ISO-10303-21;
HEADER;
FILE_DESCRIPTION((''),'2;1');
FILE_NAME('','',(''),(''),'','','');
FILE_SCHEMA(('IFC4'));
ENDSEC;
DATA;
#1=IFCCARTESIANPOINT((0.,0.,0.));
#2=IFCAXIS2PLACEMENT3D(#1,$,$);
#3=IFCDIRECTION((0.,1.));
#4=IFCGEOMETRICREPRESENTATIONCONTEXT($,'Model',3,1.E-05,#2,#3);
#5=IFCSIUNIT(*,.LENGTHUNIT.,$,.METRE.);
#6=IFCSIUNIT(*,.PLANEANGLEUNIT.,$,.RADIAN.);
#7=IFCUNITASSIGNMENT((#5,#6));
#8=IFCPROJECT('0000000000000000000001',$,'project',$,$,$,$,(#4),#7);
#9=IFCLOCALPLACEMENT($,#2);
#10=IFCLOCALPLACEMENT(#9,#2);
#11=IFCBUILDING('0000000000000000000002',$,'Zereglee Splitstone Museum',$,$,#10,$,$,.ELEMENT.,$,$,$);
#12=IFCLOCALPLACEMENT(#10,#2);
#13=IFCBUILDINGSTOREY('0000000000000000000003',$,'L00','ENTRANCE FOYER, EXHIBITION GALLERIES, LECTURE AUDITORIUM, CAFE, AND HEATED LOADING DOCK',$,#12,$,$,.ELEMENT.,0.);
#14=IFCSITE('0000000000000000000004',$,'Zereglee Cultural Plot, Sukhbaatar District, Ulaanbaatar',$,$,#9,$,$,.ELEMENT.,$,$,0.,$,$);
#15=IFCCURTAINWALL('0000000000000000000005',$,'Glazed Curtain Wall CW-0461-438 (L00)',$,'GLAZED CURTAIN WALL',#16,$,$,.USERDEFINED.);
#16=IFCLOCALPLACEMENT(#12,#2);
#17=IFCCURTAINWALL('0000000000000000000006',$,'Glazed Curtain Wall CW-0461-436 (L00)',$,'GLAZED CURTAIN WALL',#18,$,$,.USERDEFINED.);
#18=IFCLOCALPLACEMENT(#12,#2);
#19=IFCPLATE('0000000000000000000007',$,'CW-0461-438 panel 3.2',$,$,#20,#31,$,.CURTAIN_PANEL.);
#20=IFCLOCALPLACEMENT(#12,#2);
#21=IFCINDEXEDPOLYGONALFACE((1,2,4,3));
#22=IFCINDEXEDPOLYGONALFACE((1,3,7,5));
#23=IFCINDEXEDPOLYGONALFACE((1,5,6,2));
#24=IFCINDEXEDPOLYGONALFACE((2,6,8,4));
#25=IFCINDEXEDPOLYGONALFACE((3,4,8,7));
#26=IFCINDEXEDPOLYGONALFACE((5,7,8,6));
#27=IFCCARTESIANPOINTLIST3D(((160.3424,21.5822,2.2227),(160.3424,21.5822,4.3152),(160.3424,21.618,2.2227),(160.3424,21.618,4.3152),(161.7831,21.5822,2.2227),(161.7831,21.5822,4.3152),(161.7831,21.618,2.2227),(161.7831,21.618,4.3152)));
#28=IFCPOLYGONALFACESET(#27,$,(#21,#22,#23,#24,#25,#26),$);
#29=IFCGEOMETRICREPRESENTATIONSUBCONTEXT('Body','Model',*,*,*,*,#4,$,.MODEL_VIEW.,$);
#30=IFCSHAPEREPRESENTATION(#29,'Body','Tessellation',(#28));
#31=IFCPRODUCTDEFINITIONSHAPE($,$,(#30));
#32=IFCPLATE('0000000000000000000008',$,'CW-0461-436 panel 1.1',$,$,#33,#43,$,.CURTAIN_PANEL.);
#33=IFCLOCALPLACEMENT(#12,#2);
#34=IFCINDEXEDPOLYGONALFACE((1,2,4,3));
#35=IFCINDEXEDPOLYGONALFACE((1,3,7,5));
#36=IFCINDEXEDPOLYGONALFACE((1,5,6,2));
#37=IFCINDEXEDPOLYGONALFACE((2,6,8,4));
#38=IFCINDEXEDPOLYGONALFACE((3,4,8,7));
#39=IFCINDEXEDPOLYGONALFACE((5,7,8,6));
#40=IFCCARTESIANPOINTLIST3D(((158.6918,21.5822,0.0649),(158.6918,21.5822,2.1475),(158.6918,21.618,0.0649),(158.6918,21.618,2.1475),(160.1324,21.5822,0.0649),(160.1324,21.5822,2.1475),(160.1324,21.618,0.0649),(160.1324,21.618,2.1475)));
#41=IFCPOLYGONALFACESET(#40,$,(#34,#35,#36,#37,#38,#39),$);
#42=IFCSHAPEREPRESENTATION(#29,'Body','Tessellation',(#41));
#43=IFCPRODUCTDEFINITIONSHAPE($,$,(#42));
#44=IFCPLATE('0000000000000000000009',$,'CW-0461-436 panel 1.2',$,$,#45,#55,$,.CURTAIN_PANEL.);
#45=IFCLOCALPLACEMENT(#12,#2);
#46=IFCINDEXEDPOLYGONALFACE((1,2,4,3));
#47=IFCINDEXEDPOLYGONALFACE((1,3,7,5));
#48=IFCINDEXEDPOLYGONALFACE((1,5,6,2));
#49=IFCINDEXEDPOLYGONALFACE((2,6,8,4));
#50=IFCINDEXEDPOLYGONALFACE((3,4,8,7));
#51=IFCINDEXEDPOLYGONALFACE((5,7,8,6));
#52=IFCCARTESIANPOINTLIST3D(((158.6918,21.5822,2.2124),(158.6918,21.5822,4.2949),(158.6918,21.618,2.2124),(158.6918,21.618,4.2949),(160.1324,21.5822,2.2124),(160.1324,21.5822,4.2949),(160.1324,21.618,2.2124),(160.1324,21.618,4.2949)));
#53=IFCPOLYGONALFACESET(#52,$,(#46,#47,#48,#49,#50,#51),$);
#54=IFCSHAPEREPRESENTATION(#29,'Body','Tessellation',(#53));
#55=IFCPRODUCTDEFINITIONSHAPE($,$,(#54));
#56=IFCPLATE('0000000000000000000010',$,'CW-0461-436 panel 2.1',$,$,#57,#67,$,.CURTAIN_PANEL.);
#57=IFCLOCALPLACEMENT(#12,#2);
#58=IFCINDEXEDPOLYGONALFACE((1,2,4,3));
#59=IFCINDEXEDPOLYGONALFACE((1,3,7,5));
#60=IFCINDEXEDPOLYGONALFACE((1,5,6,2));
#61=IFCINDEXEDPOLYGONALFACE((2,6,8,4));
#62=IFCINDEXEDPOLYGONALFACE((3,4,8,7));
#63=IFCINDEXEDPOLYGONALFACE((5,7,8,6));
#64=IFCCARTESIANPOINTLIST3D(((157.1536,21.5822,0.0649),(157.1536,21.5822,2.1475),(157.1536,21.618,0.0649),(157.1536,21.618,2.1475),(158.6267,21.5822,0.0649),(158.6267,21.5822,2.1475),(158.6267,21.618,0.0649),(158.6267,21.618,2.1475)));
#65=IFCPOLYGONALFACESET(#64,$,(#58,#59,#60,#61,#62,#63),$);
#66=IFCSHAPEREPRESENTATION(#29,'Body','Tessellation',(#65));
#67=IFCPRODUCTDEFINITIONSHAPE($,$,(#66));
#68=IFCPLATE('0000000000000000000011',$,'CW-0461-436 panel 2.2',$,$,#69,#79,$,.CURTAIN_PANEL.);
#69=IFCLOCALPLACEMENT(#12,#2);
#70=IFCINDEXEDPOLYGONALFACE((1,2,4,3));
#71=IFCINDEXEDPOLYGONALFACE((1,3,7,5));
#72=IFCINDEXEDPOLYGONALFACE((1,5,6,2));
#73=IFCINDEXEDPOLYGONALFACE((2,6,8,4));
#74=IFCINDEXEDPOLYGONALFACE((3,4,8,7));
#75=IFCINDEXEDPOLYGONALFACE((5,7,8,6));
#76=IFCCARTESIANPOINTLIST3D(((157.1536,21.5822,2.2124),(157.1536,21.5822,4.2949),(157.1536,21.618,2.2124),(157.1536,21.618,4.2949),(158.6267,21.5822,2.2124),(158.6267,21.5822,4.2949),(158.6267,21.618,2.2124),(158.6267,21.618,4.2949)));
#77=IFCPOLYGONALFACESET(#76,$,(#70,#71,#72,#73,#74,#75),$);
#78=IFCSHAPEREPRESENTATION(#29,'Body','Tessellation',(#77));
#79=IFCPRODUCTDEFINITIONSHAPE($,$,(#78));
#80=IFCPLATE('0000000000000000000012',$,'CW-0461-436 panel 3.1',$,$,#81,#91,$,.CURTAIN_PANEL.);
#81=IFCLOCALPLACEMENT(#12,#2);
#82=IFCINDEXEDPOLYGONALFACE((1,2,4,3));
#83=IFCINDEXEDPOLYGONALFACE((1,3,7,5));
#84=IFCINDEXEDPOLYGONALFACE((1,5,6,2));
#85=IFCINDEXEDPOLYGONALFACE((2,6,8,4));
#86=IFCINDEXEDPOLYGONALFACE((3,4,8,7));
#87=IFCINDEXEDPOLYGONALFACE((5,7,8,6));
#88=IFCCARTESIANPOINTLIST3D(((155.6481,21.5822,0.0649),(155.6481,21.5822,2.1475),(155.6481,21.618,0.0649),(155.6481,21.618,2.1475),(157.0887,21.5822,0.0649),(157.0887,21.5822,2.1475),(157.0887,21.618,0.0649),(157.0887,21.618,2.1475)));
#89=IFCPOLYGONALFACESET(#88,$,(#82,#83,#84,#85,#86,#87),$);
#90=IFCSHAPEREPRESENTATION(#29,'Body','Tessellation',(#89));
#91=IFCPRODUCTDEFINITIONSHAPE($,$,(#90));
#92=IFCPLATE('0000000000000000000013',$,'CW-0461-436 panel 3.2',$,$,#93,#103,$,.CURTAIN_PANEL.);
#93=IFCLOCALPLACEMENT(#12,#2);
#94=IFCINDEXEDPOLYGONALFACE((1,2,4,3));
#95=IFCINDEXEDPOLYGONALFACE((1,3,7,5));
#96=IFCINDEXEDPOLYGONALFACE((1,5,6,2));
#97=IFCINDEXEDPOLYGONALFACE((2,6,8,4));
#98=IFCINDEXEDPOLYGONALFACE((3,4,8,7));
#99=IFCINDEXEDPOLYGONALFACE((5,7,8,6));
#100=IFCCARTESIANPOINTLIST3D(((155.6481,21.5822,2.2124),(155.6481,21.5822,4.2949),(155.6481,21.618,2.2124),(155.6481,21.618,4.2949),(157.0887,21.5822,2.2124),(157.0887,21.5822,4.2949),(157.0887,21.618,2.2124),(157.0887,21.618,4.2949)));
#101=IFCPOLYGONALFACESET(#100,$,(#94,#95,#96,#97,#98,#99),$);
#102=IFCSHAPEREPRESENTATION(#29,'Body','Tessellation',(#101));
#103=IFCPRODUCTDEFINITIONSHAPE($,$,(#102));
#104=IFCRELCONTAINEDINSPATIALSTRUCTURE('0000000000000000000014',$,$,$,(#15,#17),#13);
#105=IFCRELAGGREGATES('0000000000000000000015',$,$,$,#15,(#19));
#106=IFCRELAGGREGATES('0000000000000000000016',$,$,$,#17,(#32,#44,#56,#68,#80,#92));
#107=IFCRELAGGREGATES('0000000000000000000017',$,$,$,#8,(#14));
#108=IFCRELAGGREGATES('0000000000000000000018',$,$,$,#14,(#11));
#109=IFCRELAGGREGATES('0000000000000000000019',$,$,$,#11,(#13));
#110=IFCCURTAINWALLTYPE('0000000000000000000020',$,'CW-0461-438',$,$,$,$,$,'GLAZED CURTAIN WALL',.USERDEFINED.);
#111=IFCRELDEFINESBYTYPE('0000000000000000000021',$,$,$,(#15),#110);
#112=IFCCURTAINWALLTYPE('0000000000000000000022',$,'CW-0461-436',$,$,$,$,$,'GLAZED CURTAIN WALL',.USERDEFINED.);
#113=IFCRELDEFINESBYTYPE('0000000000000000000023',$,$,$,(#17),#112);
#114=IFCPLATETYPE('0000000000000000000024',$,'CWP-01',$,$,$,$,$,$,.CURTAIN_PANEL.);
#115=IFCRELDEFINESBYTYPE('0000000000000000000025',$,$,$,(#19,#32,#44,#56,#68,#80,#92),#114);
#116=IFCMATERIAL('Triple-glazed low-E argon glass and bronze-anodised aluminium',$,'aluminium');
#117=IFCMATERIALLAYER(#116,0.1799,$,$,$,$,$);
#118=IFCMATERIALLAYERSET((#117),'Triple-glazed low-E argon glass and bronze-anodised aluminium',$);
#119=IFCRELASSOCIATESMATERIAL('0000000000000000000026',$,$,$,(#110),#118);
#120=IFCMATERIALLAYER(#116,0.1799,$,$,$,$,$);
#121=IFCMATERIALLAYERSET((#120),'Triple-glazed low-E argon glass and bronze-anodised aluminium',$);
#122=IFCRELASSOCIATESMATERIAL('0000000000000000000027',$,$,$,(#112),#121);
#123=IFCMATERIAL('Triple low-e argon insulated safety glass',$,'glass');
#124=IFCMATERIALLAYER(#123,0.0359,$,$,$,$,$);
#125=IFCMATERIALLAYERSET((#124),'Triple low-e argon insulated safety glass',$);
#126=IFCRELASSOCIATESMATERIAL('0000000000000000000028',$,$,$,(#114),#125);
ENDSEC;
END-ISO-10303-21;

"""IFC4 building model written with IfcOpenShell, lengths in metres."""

from ifc_helpers import new_model, si_unit, direction, frame, origin, origin_2d, place, context, subcontext, project, spatial, rectangle, extrude, material, layer, layer_set, type_object, element, aggregate, save


model = new_model("IFC4")

# Units and contexts
model_context = context("Model", 3, precision=1e-05, world=origin(), true_north=direction((0.0, 1.0)))
body_context = subcontext(model_context, "Body", "Model", "MODEL_VIEW")
ifc_project = project(units=[si_unit("LENGTHUNIT", "METRE"), si_unit("PLANEANGLEUNIT", "RADIAN")], contexts=[model_context])

# Site, building, storey
site_placement = place(None, origin())
site = spatial("IfcSite", under=ifc_project, at=site_placement, Name="Zereglee Cultural Plot, Sukhbaatar District, Ulaanbaatar", CompositionType="ELEMENT", RefElevation=0.0)
building_placement = place(site_placement, origin())
building = spatial("IfcBuilding", under=site, at=building_placement, Name="Zereglee Splitstone Museum", CompositionType="ELEMENT")
storey_placement = place(building_placement, origin())
storey = spatial("IfcBuildingStorey", under=building, at=storey_placement, Name="L00", Description="ENTRANCE FOYER, EXHIBITION GALLERIES, LECTURE AUDITORIUM, CAFE, AND HEATED LOADING DOCK", CompositionType="ELEMENT", Elevation=0.0)

# Curtain wall
ifc_material_1 = material(Name="Triple-glazed low-E argon glass and bronze-anodised aluminium", Category="aluminium")
ifc_layer_1 = layer(ifc_material_1, 0.1799)
ifc_layer_set_1 = layer_set([ifc_layer_1], Name="Triple-glazed low-E argon glass and bronze-anodised aluminium")
curtain_wall_type_1 = type_object("IfcCurtainWallType", Name="CW-0461-438", ElementType="GLAZED CURTAIN WALL", PredefinedType="USERDEFINED", material=ifc_layer_set_1)
curtain_wall_1_placement = place(storey_placement, origin())
curtain_wall_1 = element("IfcCurtainWall", 1, at=curtain_wall_1_placement, inside=storey, type_object=curtain_wall_type_1, Name="Glazed Curtain Wall CW-0461-438 (L00)", ObjectType="GLAZED CURTAIN WALL", PredefinedType="USERDEFINED")

# Curtain wall
ifc_layer_2 = layer(ifc_material_1, 0.1799)
ifc_layer_set_2 = layer_set([ifc_layer_2], Name="Triple-glazed low-E argon glass and bronze-anodised aluminium")
curtain_wall_type_2 = type_object("IfcCurtainWallType", Name="CW-0461-436", ElementType="GLAZED CURTAIN WALL", PredefinedType="USERDEFINED", material=ifc_layer_set_2)
curtain_wall_2_placement = place(storey_placement, origin())
curtain_wall_2 = element("IfcCurtainWall", 2, at=curtain_wall_2_placement, inside=storey, type_object=curtain_wall_type_2, Name="Glazed Curtain Wall CW-0461-436 (L00)", ObjectType="GLAZED CURTAIN WALL", PredefinedType="USERDEFINED")

# Plates
ifc_material_2 = material(Name="Triple low-e argon insulated safety glass", Category="glass")
ifc_layer_3 = layer(ifc_material_2, 0.0359)
ifc_layer_set_3 = layer_set([ifc_layer_3], Name="Triple low-e argon insulated safety glass")
plate_type = type_object("IfcPlateType", Name="CWP-01", PredefinedType="CURTAIN_PANEL", material=ifc_layer_set_3)
plate_1_placement = place(storey_placement, frame((161.0627, 21.6001, 2.2227), z_axis=(0.0, 0.0, 1.0), x_axis=(-1.0, 0.0, 0.0)))
plate_1 = element("IfcPlate", 3, at=plate_1_placement, type_object=plate_type, Name="CW-0461-438 panel 3.2", PredefinedType="CURTAIN_PANEL", context=body_context, shape_type="SweptSolid", body=[
    extrude(rectangle(XDim=1.4407, YDim=0.0359, at=origin_2d()), origin(), (0.0, 0.0, 1.0), 2.0925),
])
aggregate(curtain_wall_1, [plate_1])
plate_2_placement = place(storey_placement, frame((159.4121, 21.6001, 0.0649), z_axis=(0.0, 0.0, 1.0), x_axis=(-1.0, 0.0, 0.0)))
plate_2 = element("IfcPlate", 4, at=plate_2_placement, type_object=plate_type, Name="CW-0461-436 panel 1.1", PredefinedType="CURTAIN_PANEL", context=body_context, shape_type="SweptSolid", body=[
    extrude(rectangle(XDim=1.4407, YDim=0.0359, at=origin_2d()), origin(), (0.0, 0.0, 1.0), 2.0825),
])
plate_3_placement = place(storey_placement, frame((159.4121, 21.6001, 2.2124), z_axis=(0.0, 0.0, 1.0), x_axis=(-1.0, 0.0, 0.0)))
plate_3 = element("IfcPlate", 5, at=plate_3_placement, type_object=plate_type, Name="CW-0461-436 panel 1.2", PredefinedType="CURTAIN_PANEL", context=body_context, shape_type="SweptSolid", body=[
    extrude(rectangle(XDim=1.4407, YDim=0.0359, at=origin_2d()), origin(), (0.0, 0.0, 1.0), 2.0825),
])
plate_4_placement = place(storey_placement, frame((157.8901, 21.6001, 0.0649), z_axis=(0.0, 0.0, 1.0), x_axis=(-1.0, 0.0, 0.0)))
plate_4 = element("IfcPlate", 6, at=plate_4_placement, type_object=plate_type, Name="CW-0461-436 panel 2.1", PredefinedType="CURTAIN_PANEL", context=body_context, shape_type="SweptSolid", body=[
    extrude(rectangle(XDim=1.4731, YDim=0.0359, at=origin_2d()), origin(), (0.0, 0.0, 1.0), 2.0825),
])
plate_5_placement = place(storey_placement, frame((157.8901, 21.6001, 2.2124), z_axis=(0.0, 0.0, 1.0), x_axis=(-1.0, 0.0, 0.0)))
plate_5 = element("IfcPlate", 7, at=plate_5_placement, type_object=plate_type, Name="CW-0461-436 panel 2.2", PredefinedType="CURTAIN_PANEL", context=body_context, shape_type="SweptSolid", body=[
    extrude(rectangle(XDim=1.4731, YDim=0.0359, at=origin_2d()), origin(), (0.0, 0.0, 1.0), 2.0825),
])
plate_6_placement = place(storey_placement, frame((156.3684, 21.6001, 0.0649), z_axis=(0.0, 0.0, 1.0), x_axis=(-1.0, 0.0, 0.0)))
plate_6 = element("IfcPlate", 8, at=plate_6_placement, type_object=plate_type, Name="CW-0461-436 panel 3.1", PredefinedType="CURTAIN_PANEL", context=body_context, shape_type="SweptSolid", body=[
    extrude(rectangle(XDim=1.4407, YDim=0.0359, at=origin_2d()), origin(), (0.0, 0.0, 1.0), 2.0825),
])
plate_7_placement = place(storey_placement, frame((156.3684, 21.6001, 2.2124), z_axis=(0.0, 0.0, 1.0), x_axis=(-1.0, 0.0, 0.0)))
plate_7 = element("IfcPlate", 9, at=plate_7_placement, type_object=plate_type, Name="CW-0461-436 panel 3.2", PredefinedType="CURTAIN_PANEL", context=body_context, shape_type="SweptSolid", body=[
    extrude(rectangle(XDim=1.4407, YDim=0.0359, at=origin_2d()), origin(), (0.0, 0.0, 1.0), 2.0825),
])
aggregate(curtain_wall_2, [plate_2, plate_3, plate_4, plate_5, plate_6, plate_7])

save(model, "model.ifc")
